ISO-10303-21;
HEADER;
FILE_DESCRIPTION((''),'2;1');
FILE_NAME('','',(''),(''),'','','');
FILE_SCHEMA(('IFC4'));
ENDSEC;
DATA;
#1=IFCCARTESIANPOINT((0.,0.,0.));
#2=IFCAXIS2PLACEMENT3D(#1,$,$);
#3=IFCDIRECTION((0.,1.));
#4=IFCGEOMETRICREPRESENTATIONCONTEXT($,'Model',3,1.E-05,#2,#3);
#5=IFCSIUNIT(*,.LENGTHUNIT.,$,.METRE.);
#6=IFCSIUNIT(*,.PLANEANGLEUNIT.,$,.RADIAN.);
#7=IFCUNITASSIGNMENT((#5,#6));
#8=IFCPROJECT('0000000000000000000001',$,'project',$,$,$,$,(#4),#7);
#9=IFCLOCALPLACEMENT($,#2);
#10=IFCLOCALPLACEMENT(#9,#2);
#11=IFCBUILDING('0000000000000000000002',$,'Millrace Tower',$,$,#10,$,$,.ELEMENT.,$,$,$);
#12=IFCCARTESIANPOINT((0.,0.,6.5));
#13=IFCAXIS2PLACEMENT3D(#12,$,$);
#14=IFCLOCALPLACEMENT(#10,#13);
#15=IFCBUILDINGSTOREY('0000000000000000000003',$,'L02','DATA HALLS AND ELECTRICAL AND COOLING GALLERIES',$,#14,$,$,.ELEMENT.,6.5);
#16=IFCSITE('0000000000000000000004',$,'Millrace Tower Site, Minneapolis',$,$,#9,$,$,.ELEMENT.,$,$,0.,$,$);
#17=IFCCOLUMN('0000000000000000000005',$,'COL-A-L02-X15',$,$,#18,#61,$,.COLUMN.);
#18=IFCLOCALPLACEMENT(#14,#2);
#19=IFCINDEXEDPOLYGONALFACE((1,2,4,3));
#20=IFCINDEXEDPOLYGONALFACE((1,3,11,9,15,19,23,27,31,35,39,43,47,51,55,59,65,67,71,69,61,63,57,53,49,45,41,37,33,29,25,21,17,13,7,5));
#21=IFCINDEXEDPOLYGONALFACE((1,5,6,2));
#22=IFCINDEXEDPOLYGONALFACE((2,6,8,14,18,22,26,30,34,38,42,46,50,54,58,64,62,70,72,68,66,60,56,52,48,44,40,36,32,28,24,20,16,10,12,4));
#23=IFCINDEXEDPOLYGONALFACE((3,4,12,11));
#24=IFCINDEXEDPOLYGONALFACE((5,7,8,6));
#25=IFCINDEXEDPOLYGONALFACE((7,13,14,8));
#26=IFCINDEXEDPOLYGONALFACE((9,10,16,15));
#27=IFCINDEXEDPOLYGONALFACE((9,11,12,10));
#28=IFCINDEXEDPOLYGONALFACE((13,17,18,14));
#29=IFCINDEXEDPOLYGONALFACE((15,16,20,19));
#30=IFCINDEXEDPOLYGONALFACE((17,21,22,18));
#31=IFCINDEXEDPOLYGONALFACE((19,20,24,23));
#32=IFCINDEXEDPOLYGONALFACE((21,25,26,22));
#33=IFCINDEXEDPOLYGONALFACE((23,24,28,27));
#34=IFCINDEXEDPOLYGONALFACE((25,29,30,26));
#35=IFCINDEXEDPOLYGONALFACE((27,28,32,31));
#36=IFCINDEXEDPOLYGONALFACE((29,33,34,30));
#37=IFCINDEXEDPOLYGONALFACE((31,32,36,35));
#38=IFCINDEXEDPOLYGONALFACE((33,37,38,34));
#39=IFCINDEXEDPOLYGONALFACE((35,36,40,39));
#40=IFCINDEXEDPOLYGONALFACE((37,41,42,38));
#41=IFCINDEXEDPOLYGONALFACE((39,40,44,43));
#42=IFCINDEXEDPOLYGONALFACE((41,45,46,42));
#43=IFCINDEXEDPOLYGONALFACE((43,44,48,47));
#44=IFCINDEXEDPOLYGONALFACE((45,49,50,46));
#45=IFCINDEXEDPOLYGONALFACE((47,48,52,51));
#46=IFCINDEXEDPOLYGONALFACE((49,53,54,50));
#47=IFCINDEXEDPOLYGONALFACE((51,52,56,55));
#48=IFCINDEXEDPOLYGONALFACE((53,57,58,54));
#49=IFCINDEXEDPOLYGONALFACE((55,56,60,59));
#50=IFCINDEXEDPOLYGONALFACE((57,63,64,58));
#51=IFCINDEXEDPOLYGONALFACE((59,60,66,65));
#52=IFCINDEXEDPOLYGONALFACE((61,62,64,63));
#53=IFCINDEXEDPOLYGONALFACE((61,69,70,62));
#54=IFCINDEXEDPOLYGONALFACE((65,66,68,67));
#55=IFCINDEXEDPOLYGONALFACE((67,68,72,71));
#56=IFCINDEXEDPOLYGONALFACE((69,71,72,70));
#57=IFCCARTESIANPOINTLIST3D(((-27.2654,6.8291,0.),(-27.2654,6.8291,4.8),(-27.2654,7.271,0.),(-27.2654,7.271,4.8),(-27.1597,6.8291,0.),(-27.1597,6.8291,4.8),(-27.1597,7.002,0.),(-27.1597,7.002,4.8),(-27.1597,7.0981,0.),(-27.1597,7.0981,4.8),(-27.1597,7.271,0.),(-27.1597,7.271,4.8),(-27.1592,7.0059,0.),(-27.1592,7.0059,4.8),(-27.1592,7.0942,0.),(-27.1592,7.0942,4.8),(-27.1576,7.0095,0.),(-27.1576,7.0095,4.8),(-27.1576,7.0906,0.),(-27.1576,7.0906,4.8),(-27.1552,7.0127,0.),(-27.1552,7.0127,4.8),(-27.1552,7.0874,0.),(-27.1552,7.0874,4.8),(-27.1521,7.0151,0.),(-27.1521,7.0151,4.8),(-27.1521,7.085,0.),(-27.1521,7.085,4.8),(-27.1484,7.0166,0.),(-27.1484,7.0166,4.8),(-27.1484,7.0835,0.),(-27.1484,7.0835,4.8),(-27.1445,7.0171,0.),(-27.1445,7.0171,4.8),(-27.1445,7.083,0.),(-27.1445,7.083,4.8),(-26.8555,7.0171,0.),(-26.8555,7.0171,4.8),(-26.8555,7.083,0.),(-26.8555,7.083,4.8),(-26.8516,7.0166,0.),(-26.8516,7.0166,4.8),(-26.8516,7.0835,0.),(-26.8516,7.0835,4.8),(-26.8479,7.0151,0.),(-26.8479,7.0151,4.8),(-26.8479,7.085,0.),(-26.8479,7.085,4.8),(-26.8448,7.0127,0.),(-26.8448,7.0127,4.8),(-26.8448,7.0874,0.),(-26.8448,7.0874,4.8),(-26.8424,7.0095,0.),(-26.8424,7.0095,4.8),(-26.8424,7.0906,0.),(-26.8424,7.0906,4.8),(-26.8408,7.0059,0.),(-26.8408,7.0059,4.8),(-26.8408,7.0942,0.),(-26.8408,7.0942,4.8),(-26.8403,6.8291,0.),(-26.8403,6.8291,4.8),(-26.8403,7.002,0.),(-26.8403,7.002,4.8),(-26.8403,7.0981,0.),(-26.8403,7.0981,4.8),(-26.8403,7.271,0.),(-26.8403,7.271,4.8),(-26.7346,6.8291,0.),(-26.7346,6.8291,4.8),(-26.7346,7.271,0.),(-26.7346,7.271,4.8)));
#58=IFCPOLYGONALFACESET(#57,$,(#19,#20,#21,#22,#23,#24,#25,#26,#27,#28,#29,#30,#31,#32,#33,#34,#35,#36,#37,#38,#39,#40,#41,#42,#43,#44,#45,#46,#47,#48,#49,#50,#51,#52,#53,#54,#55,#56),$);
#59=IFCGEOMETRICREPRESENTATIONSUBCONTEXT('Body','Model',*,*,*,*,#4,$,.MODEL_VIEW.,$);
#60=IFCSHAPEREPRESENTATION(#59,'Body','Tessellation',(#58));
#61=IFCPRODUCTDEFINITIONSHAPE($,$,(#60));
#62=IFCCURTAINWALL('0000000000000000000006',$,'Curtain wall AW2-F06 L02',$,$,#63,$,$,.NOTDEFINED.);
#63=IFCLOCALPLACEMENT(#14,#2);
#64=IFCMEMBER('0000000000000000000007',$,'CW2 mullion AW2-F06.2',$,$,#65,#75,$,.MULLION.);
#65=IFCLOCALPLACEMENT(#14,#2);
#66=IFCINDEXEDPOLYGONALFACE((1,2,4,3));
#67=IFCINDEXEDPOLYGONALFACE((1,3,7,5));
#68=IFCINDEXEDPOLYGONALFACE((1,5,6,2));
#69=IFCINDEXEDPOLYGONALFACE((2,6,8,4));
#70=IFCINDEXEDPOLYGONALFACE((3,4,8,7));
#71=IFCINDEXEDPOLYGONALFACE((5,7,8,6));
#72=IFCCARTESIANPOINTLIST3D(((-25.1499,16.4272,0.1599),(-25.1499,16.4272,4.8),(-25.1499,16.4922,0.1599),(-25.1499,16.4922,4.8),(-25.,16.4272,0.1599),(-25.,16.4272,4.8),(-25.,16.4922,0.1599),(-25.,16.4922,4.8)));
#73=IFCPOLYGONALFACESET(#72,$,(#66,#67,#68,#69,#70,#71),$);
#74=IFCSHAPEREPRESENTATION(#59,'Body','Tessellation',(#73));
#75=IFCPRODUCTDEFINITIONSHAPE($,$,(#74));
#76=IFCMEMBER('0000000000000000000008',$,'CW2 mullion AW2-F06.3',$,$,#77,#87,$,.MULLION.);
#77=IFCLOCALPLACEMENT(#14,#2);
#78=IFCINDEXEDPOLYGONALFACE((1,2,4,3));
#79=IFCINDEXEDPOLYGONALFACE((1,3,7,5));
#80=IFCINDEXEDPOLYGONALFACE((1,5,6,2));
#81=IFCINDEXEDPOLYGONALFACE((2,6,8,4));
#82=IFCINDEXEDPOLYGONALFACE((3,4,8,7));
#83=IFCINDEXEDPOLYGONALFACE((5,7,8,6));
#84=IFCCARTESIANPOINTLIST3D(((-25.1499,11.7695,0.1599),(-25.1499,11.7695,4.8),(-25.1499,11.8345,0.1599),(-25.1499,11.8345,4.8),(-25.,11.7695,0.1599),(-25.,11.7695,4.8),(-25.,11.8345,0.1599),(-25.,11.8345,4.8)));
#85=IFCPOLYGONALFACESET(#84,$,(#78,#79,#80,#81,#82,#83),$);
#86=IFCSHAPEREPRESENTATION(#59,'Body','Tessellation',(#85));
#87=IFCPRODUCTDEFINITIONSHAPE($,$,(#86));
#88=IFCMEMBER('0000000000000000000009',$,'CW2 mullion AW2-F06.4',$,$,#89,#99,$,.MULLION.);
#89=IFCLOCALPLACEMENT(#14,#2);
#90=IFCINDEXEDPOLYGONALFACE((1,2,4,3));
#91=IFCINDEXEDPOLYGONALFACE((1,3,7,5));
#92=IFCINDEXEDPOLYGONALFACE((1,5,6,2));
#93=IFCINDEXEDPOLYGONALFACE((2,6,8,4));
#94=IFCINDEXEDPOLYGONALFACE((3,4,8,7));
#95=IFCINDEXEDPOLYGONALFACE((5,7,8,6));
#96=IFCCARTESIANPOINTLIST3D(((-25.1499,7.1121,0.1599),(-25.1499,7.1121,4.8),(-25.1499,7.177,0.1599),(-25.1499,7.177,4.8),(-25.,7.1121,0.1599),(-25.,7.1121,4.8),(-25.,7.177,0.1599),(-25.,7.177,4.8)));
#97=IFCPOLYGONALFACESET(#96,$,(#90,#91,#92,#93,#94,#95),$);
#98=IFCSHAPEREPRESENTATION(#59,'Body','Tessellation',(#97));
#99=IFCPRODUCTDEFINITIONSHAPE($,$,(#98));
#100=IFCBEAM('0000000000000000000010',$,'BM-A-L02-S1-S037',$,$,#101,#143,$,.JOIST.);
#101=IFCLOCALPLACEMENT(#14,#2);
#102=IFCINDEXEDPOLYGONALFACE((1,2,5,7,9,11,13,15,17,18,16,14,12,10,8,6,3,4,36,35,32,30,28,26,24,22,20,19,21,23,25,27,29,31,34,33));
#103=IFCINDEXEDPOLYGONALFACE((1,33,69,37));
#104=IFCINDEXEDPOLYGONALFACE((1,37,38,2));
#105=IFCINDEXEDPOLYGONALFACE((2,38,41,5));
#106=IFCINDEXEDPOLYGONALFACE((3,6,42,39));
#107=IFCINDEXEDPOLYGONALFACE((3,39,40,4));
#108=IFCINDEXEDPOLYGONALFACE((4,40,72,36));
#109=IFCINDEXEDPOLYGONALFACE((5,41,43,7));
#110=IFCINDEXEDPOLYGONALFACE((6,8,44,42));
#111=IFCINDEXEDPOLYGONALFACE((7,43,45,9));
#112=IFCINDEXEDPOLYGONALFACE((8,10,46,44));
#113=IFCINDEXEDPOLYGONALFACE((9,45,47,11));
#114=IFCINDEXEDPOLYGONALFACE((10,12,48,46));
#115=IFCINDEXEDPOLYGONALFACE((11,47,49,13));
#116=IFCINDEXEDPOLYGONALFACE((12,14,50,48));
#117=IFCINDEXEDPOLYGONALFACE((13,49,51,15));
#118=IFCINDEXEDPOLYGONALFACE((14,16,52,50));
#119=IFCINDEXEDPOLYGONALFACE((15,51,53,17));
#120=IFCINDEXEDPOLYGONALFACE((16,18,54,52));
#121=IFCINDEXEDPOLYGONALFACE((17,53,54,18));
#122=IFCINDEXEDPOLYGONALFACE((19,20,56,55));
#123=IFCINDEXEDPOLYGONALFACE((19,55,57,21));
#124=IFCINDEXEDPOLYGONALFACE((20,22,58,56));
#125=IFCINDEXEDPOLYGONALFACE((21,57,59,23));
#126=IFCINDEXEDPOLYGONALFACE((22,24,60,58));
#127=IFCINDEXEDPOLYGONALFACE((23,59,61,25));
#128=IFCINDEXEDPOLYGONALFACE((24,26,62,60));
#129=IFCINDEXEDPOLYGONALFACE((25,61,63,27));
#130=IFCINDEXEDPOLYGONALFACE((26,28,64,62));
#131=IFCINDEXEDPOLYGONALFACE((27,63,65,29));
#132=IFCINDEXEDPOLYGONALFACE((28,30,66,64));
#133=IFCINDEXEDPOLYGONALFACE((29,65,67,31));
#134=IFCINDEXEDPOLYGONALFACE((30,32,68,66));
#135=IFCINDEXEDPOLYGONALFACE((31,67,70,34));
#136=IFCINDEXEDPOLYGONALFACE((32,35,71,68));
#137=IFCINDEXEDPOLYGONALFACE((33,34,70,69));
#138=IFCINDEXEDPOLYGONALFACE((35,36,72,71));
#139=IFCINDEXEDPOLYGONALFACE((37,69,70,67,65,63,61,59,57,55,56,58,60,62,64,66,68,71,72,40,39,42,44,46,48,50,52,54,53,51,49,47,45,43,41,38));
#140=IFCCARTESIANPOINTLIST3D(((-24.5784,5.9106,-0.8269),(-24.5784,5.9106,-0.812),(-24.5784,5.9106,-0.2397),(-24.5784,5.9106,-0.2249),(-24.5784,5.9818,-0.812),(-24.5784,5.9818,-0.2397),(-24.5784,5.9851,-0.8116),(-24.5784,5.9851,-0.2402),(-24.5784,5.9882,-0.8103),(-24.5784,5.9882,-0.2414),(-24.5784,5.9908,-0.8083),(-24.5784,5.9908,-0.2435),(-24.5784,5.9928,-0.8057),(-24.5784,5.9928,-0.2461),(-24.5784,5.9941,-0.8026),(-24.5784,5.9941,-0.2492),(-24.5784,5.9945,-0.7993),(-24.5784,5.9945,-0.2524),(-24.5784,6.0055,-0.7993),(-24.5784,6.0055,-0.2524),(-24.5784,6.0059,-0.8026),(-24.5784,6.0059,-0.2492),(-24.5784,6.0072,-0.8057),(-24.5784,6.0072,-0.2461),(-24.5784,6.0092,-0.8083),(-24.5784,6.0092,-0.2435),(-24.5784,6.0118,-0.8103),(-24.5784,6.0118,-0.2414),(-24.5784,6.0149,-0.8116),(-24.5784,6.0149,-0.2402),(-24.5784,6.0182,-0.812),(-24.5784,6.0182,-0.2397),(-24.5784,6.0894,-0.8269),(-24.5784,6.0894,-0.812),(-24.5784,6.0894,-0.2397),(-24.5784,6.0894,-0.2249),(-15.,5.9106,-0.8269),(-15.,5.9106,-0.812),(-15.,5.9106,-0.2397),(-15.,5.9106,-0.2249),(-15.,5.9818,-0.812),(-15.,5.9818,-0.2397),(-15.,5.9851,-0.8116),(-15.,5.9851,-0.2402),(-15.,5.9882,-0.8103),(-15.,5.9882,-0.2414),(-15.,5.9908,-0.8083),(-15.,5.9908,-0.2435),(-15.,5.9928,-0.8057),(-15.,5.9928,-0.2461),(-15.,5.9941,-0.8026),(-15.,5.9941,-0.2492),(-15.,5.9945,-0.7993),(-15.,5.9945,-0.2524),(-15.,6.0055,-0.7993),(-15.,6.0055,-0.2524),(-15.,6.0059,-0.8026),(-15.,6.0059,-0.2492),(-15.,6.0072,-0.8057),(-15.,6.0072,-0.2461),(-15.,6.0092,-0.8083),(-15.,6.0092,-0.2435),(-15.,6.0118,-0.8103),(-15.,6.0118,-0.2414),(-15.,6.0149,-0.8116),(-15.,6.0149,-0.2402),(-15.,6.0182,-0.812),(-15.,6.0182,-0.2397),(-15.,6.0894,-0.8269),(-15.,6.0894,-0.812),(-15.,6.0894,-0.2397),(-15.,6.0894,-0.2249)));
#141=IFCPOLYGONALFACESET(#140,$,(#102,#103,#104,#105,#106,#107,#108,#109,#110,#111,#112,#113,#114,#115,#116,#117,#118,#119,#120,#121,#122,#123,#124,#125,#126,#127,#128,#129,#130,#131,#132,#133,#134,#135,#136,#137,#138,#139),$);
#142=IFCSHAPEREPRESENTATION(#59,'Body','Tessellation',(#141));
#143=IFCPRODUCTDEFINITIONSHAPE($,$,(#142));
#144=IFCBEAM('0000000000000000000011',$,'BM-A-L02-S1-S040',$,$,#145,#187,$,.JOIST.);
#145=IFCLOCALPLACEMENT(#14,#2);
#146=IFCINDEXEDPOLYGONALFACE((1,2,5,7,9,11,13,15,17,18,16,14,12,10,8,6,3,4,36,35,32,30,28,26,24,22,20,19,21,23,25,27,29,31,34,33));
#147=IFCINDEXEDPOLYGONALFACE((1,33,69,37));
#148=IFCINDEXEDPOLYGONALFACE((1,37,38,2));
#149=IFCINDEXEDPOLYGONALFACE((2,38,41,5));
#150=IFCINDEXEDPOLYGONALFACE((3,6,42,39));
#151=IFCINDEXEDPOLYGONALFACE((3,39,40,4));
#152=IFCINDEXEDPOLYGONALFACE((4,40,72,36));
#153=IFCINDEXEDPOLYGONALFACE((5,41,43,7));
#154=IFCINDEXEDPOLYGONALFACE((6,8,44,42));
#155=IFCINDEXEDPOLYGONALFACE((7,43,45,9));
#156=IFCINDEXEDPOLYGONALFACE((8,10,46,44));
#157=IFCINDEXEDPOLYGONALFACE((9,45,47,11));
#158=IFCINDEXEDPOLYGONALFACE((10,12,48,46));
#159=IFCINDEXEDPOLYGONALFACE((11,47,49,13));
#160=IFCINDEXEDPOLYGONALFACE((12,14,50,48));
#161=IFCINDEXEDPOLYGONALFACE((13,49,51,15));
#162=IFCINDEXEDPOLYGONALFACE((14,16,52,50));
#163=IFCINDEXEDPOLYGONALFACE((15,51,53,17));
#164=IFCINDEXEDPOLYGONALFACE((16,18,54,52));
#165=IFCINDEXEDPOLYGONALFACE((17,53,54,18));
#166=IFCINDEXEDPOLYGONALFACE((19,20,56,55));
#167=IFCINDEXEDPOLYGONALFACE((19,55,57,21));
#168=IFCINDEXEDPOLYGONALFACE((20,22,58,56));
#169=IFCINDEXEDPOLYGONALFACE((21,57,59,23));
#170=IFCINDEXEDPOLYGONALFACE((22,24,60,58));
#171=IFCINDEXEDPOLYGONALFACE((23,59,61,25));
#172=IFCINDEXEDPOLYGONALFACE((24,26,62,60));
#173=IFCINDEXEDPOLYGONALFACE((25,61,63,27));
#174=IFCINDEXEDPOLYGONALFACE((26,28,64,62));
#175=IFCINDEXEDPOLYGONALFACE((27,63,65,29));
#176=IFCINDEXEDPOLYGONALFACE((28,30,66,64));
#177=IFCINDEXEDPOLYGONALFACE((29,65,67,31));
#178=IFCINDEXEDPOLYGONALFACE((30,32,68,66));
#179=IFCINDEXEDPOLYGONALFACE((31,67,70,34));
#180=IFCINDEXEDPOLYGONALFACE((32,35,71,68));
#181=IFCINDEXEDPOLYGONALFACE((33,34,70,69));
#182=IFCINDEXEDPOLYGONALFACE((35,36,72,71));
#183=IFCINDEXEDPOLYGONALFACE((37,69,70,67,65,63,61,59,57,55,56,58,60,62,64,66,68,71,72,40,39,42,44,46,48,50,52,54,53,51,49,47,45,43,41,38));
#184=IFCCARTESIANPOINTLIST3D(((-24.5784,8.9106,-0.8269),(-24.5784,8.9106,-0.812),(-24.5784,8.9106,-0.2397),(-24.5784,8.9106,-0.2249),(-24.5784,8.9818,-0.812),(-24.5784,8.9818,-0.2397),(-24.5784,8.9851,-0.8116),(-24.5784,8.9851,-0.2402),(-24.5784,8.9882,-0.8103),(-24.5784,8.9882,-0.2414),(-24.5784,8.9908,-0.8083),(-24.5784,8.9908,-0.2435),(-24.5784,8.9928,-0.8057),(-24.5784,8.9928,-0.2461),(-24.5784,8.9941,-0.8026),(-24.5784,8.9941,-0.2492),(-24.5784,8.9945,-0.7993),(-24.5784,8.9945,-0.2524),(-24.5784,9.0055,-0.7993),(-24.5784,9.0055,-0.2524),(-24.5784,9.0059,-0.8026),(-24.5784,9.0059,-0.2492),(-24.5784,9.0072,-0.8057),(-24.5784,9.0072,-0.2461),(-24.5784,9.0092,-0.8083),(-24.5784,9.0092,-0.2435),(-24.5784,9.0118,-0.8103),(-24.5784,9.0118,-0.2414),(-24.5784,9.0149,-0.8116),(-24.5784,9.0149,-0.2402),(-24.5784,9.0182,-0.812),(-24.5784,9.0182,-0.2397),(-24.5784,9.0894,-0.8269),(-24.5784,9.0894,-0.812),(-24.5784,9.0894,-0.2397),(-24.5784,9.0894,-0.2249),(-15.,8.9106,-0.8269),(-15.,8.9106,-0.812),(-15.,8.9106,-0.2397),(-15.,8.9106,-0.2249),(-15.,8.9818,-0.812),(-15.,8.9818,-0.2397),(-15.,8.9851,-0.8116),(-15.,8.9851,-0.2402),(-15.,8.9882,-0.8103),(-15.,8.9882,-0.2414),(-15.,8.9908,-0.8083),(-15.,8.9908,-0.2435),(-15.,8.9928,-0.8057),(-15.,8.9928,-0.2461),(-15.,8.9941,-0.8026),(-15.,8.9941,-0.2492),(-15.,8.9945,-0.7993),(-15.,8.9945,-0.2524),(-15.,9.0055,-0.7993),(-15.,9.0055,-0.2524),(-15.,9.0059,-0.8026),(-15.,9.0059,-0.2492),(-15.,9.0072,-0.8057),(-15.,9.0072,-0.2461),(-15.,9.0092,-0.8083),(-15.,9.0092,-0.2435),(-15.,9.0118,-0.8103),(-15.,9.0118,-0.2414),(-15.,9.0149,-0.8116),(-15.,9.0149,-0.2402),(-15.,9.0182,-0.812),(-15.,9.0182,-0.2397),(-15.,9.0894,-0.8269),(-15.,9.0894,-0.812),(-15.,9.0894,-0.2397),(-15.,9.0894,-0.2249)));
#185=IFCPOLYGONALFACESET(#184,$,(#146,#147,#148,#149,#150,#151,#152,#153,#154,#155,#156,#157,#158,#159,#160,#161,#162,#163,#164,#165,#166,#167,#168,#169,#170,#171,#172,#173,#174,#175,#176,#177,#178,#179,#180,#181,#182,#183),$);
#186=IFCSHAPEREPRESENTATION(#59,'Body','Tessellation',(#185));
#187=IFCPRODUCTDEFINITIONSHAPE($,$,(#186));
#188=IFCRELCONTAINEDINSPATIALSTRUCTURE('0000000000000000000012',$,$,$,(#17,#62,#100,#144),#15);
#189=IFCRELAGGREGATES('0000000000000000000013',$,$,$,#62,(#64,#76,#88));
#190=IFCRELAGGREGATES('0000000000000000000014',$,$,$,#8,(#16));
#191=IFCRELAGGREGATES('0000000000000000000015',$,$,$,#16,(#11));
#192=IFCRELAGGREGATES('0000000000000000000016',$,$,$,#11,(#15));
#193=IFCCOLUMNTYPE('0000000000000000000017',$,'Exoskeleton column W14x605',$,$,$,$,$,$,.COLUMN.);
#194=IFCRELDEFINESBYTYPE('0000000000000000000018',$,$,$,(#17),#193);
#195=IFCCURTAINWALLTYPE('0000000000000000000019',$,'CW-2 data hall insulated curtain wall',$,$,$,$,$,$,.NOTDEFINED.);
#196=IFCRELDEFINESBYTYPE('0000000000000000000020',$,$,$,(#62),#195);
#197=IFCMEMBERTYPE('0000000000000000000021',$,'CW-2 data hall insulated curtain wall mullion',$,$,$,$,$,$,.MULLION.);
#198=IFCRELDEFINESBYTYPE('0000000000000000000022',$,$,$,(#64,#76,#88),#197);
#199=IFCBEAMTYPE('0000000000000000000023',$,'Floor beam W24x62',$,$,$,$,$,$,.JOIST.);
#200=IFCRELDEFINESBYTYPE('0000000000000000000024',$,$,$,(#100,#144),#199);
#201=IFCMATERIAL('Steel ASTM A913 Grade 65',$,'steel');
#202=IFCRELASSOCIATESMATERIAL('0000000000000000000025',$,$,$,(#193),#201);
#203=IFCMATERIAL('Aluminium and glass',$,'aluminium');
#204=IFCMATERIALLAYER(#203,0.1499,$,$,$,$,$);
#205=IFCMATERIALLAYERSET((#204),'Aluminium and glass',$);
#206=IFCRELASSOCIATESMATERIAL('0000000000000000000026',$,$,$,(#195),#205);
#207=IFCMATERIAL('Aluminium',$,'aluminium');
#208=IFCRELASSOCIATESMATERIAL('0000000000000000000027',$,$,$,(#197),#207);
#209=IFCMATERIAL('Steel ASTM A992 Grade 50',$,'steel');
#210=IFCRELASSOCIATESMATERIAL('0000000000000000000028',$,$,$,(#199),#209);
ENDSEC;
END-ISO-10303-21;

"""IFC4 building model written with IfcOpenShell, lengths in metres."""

from ifc_helpers import new_model, si_unit, direction, frame, origin, origin_2d, place, context, subcontext, project, spatial, rectangle, i_section, extrude, material, layer, layer_set, material_profile, profile_set, type_object, element, aggregate, save


model = new_model("IFC4")

# Units and contexts
model_context = context("Model", 3, precision=1e-05, world=origin(), true_north=direction((0.0, 1.0)))
body_context = subcontext(model_context, "Body", "Model", "MODEL_VIEW")
ifc_project = project(units=[si_unit("LENGTHUNIT", "METRE"), si_unit("PLANEANGLEUNIT", "RADIAN")], contexts=[model_context])

# Site, building, storey
site_placement = place(None, origin())
site = spatial("IfcSite", under=ifc_project, at=site_placement, Name="Millrace Tower Site, Minneapolis", CompositionType="ELEMENT", RefElevation=0.0)
building_placement = place(site_placement, origin())
building = spatial("IfcBuilding", under=site, at=building_placement, Name="Millrace Tower", CompositionType="ELEMENT")
storey_placement = place(building_placement, frame((0.0, 0.0, 6.5)))
storey = spatial("IfcBuildingStorey", under=building, at=storey_placement, Name="L02", Description="DATA HALLS AND ELECTRICAL AND COOLING GALLERIES", CompositionType="ELEMENT", Elevation=6.5)

# Column
ifc_material_1 = material(Name="Steel ASTM A913 Grade 65", Category="steel")
ifc_material_profile_1 = material_profile(ifc_material_1, i_section(OverallWidth=0.4419, OverallDepth=0.5308, WebThickness=0.0659, FlangeThickness=0.1057, FilletRadius=0.0151, at=origin_2d()))
ifc_profile_set_1 = profile_set([ifc_material_profile_1], Name="Steel ASTM A913 Grade 65")
column_type = type_object("IfcColumnType", Name="Exoskeleton column W14x605", PredefinedType="COLUMN", material=ifc_profile_set_1)
column_placement = place(storey_placement, frame((-27.0, 7.05, 0.0), z_axis=(0.0, 0.0, 1.0), x_axis=(0.0, -1.0, 0.0)))
element("IfcColumn", 1, at=column_placement, inside=storey, type_object=column_type, Name="COL-A-L02-X15", PredefinedType="COLUMN", context=body_context, shape_type="SweptSolid", body=[
    extrude(i_section(OverallWidth=0.4419, OverallDepth=0.5308, WebThickness=0.0659, FlangeThickness=0.1057, FilletRadius=0.0151, at=origin_2d()), origin(), (0.0, 0.0, 1.0), 4.8),
])

# Curtain wall, members
ifc_material_2 = material(Name="Aluminium and glass", Category="aluminium")
ifc_layer_1 = layer(ifc_material_2, 0.1499)
ifc_layer_set_1 = layer_set([ifc_layer_1], Name="Aluminium and glass")
curtain_wall_type = type_object("IfcCurtainWallType", Name="CW-2 data hall insulated curtain wall", PredefinedType="NOTDEFINED", material=ifc_layer_set_1)
curtain_wall_placement = place(storey_placement, origin())
curtain_wall = element("IfcCurtainWall", 2, at=curtain_wall_placement, inside=storey, type_object=curtain_wall_type, Name="Curtain wall AW2-F06 L02", PredefinedType="NOTDEFINED")
ifc_material_3 = material(Name="Aluminium", Category="aluminium")
ifc_material_profile_2 = material_profile(ifc_material_3, rectangle(XDim=0.0649, YDim=0.1499, at=origin_2d()))
ifc_profile_set_2 = profile_set([ifc_material_profile_2], Name="Aluminium")
member_type = type_object("IfcMemberType", Name="CW-2 data hall insulated curtain wall mullion", PredefinedType="MULLION", material=ifc_profile_set_2)
member_1_placement = place(storey_placement, frame((-25.075, 16.4597, 0.1599), z_axis=(0.0, 0.0, 1.0), x_axis=(0.0, -1.0, 0.0)))
member_1 = element("IfcMember", 3, at=member_1_placement, type_object=member_type, Name="CW2 mullion AW2-F06.2", PredefinedType="MULLION", context=body_context, shape_type="SweptSolid", body=[
    extrude(rectangle(XDim=0.0649, YDim=0.1499, at=origin_2d()), origin(), (0.0, 0.0, 1.0), 4.6401),
])
member_2_placement = place(storey_placement, frame((-25.075, 11.802, 0.1599), z_axis=(0.0, 0.0, 1.0), x_axis=(0.0, -1.0, 0.0)))
member_2 = element("IfcMember", 4, at=member_2_placement, type_object=member_type, Name="CW2 mullion AW2-F06.3", PredefinedType="MULLION", context=body_context, shape_type="SweptSolid", body=[
    extrude(rectangle(XDim=0.0649, YDim=0.1499, at=origin_2d()), origin(), (0.0, 0.0, 1.0), 4.6401),
])
member_3_placement = place(storey_placement, frame((-25.075, 7.1445, 0.1599), z_axis=(0.0, 0.0, 1.0), x_axis=(0.0, -1.0, 0.0)))
member_3 = element("IfcMember", 5, at=member_3_placement, type_object=member_type, Name="CW2 mullion AW2-F06.4", PredefinedType="MULLION", context=body_context, shape_type="SweptSolid", body=[
    extrude(rectangle(XDim=0.0649, YDim=0.1499, at=origin_2d()), origin(), (0.0, 0.0, 1.0), 4.6401),
])
aggregate(curtain_wall, [member_1, member_2, member_3])

# Beams
ifc_material_4 = material(Name="Steel ASTM A992 Grade 50", Category="steel")
ifc_material_profile_3 = material_profile(ifc_material_4, i_section(OverallWidth=0.1787, OverallDepth=0.6021, WebThickness=0.011, FlangeThickness=0.0149, FilletRadius=0.0127, at=origin_2d()))
ifc_profile_set_3 = profile_set([ifc_material_profile_3], Name="Steel ASTM A992 Grade 50")
beam_type_1 = type_object("IfcBeamType", Name="Floor beam W24x62", PredefinedType="JOIST", material=ifc_profile_set_3)
for number, where, z_axis, x_axis, name in (
    (6, (-24.5784, 6.0, -0.5259), (1.0, 0.0, 0.0), (0.0, 1.0, 0.0), "BM-A-L02-S1-S037"),
    (7, (-24.5784, 9.0, -0.5259), (1.0, 0.0, 0.0), (0.0, 1.0, 0.0), "BM-A-L02-S1-S040"),
):
    element("IfcBeam", number, at=place(storey_placement, frame(where, z_axis=z_axis, x_axis=x_axis)), inside=storey, type_object=beam_type_1, Name=name, PredefinedType="JOIST", context=body_context, shape_type="SweptSolid", body=[
        extrude(i_section(OverallWidth=0.1787, OverallDepth=0.6021, WebThickness=0.011, FlangeThickness=0.0149, FilletRadius=0.0127, at=origin_2d()), origin(), (0.0, 0.0, 1.0), 9.5784),
    ])

save(model, "model.ifc")
